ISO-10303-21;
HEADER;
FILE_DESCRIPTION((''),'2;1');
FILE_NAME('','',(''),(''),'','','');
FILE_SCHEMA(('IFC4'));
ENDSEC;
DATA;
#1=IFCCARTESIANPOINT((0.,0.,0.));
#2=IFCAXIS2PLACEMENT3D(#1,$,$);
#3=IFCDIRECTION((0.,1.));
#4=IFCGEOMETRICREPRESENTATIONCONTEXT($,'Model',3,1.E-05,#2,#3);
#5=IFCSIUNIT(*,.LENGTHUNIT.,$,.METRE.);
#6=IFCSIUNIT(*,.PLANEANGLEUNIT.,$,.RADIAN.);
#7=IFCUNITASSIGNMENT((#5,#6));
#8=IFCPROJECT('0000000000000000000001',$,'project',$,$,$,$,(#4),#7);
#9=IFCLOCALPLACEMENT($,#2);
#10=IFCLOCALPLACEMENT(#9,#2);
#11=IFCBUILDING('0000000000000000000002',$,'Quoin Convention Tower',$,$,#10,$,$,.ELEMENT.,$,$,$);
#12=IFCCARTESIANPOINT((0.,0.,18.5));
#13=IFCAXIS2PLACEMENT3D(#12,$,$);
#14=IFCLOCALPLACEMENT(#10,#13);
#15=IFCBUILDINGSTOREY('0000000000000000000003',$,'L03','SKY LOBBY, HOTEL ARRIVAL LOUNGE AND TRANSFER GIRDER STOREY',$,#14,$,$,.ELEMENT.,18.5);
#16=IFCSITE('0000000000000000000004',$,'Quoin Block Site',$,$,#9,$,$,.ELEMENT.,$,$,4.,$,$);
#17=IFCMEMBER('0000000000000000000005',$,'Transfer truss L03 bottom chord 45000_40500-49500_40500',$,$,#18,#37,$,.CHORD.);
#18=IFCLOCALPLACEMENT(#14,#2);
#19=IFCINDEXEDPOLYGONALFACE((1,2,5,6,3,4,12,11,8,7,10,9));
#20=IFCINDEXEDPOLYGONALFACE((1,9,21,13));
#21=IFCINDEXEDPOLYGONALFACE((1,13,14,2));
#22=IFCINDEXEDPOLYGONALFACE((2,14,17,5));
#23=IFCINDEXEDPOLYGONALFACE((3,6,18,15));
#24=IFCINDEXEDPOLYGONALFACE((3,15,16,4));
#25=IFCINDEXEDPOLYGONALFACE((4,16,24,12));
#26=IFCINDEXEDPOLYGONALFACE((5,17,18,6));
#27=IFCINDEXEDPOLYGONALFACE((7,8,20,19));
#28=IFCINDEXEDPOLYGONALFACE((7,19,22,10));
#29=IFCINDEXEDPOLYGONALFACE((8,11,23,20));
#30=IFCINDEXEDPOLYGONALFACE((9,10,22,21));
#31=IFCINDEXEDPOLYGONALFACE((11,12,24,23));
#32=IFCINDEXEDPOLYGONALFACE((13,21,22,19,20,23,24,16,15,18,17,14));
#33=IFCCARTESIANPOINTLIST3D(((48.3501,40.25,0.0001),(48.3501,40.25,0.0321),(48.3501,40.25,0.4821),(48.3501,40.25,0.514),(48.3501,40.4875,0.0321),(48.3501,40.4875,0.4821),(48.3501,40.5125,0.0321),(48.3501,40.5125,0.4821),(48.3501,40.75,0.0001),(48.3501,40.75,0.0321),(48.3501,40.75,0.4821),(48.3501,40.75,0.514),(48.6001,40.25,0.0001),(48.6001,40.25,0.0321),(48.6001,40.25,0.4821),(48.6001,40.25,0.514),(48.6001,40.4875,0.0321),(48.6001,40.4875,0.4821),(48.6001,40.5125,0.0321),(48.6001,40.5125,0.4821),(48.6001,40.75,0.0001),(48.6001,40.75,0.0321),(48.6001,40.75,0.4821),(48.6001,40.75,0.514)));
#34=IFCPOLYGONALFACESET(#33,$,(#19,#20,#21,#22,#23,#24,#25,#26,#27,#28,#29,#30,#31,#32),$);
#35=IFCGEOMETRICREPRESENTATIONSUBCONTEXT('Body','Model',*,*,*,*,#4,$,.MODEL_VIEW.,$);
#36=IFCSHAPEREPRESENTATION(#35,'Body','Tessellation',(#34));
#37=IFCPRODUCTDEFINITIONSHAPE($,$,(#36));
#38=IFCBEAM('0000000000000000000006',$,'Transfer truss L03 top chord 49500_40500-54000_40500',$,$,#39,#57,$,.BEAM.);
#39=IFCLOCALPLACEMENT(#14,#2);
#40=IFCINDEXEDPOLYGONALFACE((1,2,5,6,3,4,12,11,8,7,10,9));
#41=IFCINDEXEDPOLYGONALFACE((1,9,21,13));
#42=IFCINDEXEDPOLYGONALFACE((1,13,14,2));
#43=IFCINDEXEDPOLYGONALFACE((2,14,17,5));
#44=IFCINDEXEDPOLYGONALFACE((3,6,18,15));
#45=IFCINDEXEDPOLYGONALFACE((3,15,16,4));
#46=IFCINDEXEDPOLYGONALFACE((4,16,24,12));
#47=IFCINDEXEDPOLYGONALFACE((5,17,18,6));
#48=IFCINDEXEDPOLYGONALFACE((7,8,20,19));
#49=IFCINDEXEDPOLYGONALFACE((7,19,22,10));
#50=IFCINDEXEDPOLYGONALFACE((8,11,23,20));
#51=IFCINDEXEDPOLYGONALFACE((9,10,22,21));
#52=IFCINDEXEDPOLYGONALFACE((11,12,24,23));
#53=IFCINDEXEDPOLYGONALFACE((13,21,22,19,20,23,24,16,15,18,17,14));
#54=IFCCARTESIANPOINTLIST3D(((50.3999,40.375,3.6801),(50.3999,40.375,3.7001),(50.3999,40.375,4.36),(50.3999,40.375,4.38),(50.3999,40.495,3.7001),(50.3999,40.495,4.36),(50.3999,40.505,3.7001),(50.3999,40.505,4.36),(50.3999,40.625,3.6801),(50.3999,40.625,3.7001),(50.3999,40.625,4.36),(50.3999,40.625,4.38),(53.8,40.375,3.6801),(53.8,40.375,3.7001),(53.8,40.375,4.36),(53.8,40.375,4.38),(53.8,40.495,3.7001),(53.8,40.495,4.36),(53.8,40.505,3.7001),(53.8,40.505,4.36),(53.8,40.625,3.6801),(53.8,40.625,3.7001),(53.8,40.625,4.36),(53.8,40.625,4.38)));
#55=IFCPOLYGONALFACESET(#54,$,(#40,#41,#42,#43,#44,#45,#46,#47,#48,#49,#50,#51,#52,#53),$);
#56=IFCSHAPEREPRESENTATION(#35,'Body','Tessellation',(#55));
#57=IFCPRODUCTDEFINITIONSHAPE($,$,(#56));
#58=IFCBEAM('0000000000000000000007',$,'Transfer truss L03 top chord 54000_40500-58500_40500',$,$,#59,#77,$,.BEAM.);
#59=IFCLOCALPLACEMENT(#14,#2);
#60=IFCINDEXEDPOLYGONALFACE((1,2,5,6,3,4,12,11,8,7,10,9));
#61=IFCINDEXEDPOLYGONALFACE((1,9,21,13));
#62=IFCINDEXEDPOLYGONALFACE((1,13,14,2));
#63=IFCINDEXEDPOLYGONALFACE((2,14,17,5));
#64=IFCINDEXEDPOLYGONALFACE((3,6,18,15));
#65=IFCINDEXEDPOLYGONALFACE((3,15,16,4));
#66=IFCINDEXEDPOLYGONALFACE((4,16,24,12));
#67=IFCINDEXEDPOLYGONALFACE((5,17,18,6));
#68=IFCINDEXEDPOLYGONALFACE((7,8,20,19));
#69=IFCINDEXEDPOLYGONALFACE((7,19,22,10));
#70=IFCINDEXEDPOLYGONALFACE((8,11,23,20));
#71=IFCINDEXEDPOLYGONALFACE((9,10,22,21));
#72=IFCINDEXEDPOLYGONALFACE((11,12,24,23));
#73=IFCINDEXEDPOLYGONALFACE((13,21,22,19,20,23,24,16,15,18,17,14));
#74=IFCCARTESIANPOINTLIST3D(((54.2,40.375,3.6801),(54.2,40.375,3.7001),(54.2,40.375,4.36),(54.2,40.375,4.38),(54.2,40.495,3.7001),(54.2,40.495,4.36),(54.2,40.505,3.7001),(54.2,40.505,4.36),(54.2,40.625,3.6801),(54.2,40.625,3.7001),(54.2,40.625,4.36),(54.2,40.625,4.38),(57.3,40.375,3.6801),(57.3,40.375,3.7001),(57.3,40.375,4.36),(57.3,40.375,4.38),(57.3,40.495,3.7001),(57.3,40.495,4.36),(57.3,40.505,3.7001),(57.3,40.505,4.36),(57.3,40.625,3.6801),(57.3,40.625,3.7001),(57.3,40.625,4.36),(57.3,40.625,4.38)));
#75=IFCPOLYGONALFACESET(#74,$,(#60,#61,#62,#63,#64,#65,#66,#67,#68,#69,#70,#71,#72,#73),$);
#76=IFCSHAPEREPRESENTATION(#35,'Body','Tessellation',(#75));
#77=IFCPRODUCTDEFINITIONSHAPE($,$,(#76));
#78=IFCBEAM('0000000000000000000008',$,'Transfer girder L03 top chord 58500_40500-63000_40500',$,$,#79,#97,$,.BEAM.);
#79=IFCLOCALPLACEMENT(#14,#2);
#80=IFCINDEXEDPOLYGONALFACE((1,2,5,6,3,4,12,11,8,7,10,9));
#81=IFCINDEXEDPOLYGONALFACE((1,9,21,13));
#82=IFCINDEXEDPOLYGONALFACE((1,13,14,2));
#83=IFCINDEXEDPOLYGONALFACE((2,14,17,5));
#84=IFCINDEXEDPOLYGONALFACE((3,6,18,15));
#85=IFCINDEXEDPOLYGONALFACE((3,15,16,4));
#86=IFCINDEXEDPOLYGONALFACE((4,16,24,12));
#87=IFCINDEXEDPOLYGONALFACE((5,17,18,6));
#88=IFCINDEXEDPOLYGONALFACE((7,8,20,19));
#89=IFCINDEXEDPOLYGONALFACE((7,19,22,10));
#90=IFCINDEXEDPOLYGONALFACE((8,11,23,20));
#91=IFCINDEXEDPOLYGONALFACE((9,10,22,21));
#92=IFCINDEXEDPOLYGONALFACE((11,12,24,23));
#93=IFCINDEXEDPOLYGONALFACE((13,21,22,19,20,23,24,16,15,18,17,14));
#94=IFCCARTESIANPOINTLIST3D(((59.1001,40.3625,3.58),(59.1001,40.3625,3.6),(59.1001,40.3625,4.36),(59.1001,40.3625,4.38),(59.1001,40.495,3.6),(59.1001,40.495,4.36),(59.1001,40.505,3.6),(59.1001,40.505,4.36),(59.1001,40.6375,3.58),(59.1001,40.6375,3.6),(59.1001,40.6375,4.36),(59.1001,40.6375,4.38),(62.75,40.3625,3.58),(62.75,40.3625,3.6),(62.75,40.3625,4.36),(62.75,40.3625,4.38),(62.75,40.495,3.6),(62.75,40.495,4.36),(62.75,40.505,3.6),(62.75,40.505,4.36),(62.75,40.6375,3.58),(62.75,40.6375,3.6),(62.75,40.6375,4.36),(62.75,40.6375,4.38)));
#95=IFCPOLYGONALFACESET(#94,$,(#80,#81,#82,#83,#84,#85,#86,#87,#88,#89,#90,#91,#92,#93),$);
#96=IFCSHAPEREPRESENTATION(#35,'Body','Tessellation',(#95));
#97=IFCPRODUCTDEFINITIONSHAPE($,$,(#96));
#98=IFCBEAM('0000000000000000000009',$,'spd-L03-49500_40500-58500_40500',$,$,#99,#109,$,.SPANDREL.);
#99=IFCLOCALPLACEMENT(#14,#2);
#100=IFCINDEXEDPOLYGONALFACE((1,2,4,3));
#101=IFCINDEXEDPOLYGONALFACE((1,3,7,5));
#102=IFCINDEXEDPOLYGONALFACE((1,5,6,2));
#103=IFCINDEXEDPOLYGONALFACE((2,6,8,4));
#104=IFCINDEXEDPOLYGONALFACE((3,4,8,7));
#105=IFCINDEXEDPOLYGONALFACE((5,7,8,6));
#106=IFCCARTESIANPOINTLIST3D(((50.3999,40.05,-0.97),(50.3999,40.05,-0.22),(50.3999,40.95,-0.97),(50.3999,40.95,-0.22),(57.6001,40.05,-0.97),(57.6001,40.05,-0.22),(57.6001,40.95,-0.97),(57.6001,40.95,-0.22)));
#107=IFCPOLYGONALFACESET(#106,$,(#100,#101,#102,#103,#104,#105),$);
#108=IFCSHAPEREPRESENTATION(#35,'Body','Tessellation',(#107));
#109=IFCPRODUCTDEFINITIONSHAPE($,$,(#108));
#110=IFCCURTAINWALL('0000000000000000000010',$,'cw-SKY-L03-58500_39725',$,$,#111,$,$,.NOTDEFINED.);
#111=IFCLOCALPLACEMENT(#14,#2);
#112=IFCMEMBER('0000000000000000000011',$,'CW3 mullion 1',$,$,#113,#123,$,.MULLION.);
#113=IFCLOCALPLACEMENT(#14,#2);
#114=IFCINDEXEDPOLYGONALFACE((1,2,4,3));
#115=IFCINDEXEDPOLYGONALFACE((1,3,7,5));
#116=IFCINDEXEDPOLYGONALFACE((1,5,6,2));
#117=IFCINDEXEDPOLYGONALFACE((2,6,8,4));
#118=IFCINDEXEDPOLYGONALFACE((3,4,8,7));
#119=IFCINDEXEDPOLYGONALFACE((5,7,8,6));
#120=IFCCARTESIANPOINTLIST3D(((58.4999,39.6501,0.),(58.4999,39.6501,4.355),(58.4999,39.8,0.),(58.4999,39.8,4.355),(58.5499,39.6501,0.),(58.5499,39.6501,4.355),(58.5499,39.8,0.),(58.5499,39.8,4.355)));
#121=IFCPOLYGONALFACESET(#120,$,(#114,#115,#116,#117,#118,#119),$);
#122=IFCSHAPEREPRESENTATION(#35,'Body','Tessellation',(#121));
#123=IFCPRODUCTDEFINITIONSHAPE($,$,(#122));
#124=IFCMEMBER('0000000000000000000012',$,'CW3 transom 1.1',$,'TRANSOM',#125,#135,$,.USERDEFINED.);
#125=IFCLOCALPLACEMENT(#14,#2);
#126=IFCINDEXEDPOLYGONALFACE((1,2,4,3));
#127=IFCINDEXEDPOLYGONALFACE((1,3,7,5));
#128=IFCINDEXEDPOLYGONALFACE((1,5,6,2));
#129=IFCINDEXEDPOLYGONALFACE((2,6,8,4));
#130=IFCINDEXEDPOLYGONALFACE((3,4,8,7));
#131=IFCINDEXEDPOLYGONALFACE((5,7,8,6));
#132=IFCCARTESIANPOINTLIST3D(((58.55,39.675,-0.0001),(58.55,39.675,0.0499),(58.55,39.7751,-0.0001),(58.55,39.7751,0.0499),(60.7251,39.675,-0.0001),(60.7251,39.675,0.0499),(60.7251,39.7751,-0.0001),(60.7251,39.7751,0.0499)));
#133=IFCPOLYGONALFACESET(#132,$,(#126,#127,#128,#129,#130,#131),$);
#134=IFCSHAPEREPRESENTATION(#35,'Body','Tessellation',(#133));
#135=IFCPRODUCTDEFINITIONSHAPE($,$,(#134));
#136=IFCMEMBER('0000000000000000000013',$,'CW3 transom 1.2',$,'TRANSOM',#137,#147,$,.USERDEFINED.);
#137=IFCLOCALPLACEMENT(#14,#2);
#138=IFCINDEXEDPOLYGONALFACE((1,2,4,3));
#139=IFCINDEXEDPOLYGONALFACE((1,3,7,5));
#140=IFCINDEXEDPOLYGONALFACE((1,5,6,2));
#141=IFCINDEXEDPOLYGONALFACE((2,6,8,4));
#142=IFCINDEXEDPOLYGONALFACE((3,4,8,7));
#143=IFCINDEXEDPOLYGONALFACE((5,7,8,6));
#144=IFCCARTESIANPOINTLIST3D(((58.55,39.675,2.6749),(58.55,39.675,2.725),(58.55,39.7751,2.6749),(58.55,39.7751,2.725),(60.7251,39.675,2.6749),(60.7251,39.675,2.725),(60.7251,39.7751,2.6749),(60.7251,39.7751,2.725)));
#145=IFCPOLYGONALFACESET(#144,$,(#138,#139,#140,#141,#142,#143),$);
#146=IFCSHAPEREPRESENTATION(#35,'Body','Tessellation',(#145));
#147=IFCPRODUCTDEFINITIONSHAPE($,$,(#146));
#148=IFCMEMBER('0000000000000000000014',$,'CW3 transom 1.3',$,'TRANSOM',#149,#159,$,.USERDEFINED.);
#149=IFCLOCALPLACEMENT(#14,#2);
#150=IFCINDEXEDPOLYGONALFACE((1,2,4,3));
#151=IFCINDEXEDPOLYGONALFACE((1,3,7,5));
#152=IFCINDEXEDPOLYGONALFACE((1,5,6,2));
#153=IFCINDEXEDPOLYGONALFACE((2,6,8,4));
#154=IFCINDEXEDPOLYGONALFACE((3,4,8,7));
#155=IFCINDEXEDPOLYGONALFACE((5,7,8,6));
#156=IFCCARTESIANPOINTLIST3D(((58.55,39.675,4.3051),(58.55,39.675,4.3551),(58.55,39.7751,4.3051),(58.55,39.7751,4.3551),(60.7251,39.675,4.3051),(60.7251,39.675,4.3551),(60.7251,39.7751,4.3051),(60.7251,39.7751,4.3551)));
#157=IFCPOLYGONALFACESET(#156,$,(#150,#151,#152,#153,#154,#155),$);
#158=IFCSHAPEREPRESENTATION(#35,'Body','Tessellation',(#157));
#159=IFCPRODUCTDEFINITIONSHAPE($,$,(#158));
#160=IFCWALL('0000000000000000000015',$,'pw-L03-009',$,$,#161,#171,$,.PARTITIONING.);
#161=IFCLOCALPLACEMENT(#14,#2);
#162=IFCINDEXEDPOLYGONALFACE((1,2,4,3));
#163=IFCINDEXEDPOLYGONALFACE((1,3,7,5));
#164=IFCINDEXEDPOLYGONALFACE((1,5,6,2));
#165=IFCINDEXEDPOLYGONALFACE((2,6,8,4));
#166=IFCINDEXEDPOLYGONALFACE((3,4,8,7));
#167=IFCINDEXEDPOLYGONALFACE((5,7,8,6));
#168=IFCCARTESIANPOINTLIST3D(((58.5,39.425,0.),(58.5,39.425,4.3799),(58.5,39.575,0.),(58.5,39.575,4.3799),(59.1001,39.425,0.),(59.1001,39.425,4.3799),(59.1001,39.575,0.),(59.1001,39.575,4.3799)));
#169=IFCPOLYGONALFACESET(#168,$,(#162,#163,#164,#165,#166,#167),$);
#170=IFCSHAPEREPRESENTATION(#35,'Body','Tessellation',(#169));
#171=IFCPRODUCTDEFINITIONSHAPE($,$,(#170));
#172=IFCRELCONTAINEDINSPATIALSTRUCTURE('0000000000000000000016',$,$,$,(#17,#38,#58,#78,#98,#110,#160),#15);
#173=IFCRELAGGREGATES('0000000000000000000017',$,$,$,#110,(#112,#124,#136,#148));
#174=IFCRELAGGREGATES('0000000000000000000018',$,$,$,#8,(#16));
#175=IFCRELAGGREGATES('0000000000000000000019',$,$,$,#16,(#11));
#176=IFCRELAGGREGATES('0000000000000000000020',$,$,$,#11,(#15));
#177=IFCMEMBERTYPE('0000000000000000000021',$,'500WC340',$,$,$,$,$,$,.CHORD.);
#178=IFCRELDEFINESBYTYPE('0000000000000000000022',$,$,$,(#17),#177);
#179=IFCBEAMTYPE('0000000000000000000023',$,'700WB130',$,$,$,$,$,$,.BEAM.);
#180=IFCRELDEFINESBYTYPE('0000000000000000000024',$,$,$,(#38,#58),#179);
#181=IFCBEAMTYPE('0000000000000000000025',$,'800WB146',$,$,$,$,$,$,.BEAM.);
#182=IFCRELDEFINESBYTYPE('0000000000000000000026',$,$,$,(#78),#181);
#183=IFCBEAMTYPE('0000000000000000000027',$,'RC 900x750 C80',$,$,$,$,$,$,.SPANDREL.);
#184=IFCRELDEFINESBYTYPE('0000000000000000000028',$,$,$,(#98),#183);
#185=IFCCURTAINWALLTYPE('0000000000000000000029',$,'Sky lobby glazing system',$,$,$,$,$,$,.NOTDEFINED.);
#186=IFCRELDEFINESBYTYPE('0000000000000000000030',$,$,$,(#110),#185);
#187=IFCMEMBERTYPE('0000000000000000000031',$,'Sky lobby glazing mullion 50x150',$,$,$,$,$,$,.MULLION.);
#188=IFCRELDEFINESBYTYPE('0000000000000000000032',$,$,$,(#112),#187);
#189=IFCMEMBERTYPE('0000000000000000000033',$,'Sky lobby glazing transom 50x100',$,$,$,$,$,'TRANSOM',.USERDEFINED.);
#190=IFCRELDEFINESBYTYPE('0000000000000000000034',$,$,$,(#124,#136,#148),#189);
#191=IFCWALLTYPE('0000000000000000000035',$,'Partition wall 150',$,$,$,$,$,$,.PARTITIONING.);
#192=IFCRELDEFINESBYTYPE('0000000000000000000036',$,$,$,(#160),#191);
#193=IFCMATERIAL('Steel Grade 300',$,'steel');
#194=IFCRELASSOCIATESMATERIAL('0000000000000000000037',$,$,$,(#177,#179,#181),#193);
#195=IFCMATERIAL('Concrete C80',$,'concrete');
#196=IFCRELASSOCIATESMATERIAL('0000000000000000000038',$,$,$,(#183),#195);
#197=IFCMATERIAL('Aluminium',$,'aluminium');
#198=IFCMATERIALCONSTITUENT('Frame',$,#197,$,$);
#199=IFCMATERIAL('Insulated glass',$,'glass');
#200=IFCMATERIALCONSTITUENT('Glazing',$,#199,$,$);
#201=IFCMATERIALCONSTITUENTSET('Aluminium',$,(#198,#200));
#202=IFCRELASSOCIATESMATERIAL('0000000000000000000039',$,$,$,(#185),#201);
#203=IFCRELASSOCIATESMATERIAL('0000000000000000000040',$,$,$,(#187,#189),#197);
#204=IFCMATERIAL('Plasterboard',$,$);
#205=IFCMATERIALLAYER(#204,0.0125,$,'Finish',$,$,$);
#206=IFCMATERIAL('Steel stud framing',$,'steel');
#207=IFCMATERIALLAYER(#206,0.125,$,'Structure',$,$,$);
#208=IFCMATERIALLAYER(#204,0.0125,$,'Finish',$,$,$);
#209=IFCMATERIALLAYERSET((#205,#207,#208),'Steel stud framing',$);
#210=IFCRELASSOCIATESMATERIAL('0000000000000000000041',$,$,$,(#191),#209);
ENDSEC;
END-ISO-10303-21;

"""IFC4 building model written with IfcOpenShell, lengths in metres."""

from ifc_helpers import new_model, si_unit, direction, frame, frame_2d, origin, origin_2d, place, context, subcontext, project, spatial, rectangle, i_section, extrude, material, layer, layer_set, constituent, constituent_set, material_profile, profile_set, type_object, element, aggregate, save


model = new_model("IFC4")

# Units and contexts
model_context = context("Model", 3, precision=1e-05, world=origin(), true_north=direction((0.0, 1.0)))
body_context = subcontext(model_context, "Body", "Model", "MODEL_VIEW")
ifc_project = project(units=[si_unit("LENGTHUNIT", "METRE"), si_unit("PLANEANGLEUNIT", "RADIAN")], contexts=[model_context])

# Site, building, storey
site_placement = place(None, origin())
site = spatial("IfcSite", under=ifc_project, at=site_placement, Name="Quoin Block Site", CompositionType="ELEMENT", RefElevation=4.0)
building_placement = place(site_placement, origin())
building = spatial("IfcBuilding", under=site, at=building_placement, Name="Quoin Convention Tower", CompositionType="ELEMENT")
storey_placement = place(building_placement, frame((0.0, 0.0, 18.5)))
storey = spatial("IfcBuildingStorey", under=building, at=storey_placement, Name="L03", Description="SKY LOBBY, HOTEL ARRIVAL LOUNGE AND TRANSFER GIRDER STOREY", CompositionType="ELEMENT", Elevation=18.5)

# Shared definitions
ifc_material_1 = material(Name="Concrete C80", Category="concrete")

# Member
ifc_material_2 = material(Name="Steel Grade 300", Category="steel")
ifc_material_profile_1 = material_profile(ifc_material_2, i_section(OverallWidth=0.5, OverallDepth=0.5139, WebThickness=0.0249, FlangeThickness=0.032, at=origin_2d()), Name="500WC340")
ifc_profile_set_1 = profile_set([ifc_material_profile_1], Name="Steel Grade 300")
member_type_1 = type_object("IfcMemberType", Name="500WC340", PredefinedType="CHORD", material=ifc_profile_set_1)
member_1_placement = place(storey_placement, frame((48.3501, 40.5, 0.2571), z_axis=(1.0, 0.0, 0.0), x_axis=(0.0, 1.0, 0.0)))
element("IfcMember", 1, at=member_1_placement, inside=storey, type_object=member_type_1, Name="Transfer truss L03 bottom chord 45000_40500-49500_40500", PredefinedType="CHORD", context=body_context, shape_type="SweptSolid", body=[
    extrude(i_section(OverallWidth=0.5, OverallDepth=0.5139, WebThickness=0.0249, FlangeThickness=0.032, at=origin_2d()), origin(), (0.0, 0.0, 1.0), 0.25),
])

# Beams
ifc_material_profile_2 = material_profile(ifc_material_2, i_section(OverallWidth=0.25, OverallDepth=0.7, WebThickness=0.01, FlangeThickness=0.02, at=origin_2d()), Name="700WB130")
ifc_profile_set_2 = profile_set([ifc_material_profile_2], Name="Steel Grade 300")
beam_type_1 = type_object("IfcBeamType", Name="700WB130", PredefinedType="BEAM", material=ifc_profile_set_2)
beam_1_placement = place(storey_placement, frame((50.3999, 40.5, 4.03), z_axis=(1.0, 0.0, 0.0), x_axis=(0.0, 1.0, 0.0)))
element("IfcBeam", 2, at=beam_1_placement, inside=storey, type_object=beam_type_1, Name="Transfer truss L03 top chord 49500_40500-54000_40500", PredefinedType="BEAM", context=body_context, shape_type="SweptSolid", body=[
    extrude(i_section(OverallWidth=0.25, OverallDepth=0.7, WebThickness=0.01, FlangeThickness=0.02, at=origin_2d()), origin(), (0.0, 0.0, 1.0), 3.4001),
])
beam_2_placement = place(storey_placement, frame((54.2, 40.5, 4.03), z_axis=(1.0, 0.0, 0.0), x_axis=(0.0, 1.0, 0.0)))
element("IfcBeam", 3, at=beam_2_placement, inside=storey, type_object=beam_type_1, Name="Transfer truss L03 top chord 54000_40500-58500_40500", PredefinedType="BEAM", context=body_context, shape_type="SweptSolid", body=[
    extrude(i_section(OverallWidth=0.25, OverallDepth=0.7, WebThickness=0.01, FlangeThickness=0.02, at=origin_2d()), origin(), (0.0, 0.0, 1.0), 3.1001),
])
ifc_material_profile_3 = material_profile(ifc_material_2, i_section(OverallWidth=0.2749, OverallDepth=0.8, WebThickness=0.01, FlangeThickness=0.02, at=origin_2d()), Name="800WB146")
ifc_profile_set_3 = profile_set([ifc_material_profile_3], Name="Steel Grade 300")
beam_type_2 = type_object("IfcBeamType", Name="800WB146", PredefinedType="BEAM", material=ifc_profile_set_3)
beam_3_placement = place(storey_placement, frame((59.1001, 40.5, 3.98), z_axis=(1.0, 0.0, 0.0), x_axis=(0.0, 1.0, 0.0)))
element("IfcBeam", 4, at=beam_3_placement, inside=storey, type_object=beam_type_2, Name="Transfer girder L03 top chord 58500_40500-63000_40500", PredefinedType="BEAM", context=body_context, shape_type="SweptSolid", body=[
    extrude(i_section(OverallWidth=0.2749, OverallDepth=0.8, WebThickness=0.01, FlangeThickness=0.02, at=origin_2d()), origin(), (0.0, 0.0, 1.0), 3.6499),
])
ifc_material_profile_4 = material_profile(ifc_material_1, rectangle(XDim=0.8999, YDim=0.75, at=origin_2d()), Name="RC 900x750")
ifc_profile_set_4 = profile_set([ifc_material_profile_4], Name="Concrete C80")
beam_type_3 = type_object("IfcBeamType", Name="RC 900x750 C80", PredefinedType="SPANDREL", material=ifc_profile_set_4)
beam_4_placement = place(storey_placement, frame((50.3999, 40.5, -0.595), z_axis=(1.0, 0.0, 0.0), x_axis=(0.0, 1.0, 0.0)))
element("IfcBeam", 5, at=beam_4_placement, inside=storey, type_object=beam_type_3, Name="spd-L03-49500_40500-58500_40500", PredefinedType="SPANDREL", context=body_context, shape_type="SweptSolid", body=[
    extrude(rectangle(XDim=0.8999, YDim=0.75, at=origin_2d()), origin(), (0.0, 0.0, 1.0), 7.2002),
])

# Curtain wall, members
ifc_material_3 = material(Name="Aluminium", Category="aluminium")
ifc_constituent_1 = constituent(ifc_material_3, Name="Frame")
ifc_material_4 = material(Name="Insulated glass", Category="glass")
ifc_constituent_2 = constituent(ifc_material_4, Name="Glazing")
ifc_constituent_set = constituent_set(constituents=[ifc_constituent_1, ifc_constituent_2], Name="Aluminium")
curtain_wall_type = type_object("IfcCurtainWallType", Name="Sky lobby glazing system", PredefinedType="NOTDEFINED", material=ifc_constituent_set)
curtain_wall_placement = place(storey_placement, origin())
curtain_wall = element("IfcCurtainWall", 6, at=curtain_wall_placement, inside=storey, type_object=curtain_wall_type, Name="cw-SKY-L03-58500_39725", PredefinedType="NOTDEFINED")
ifc_material_profile_5 = material_profile(ifc_material_3, rectangle(XDim=0.1499, YDim=0.05, at=origin_2d()), Name="Sky lobby glazing mullion 50x150")
ifc_profile_set_5 = profile_set([ifc_material_profile_5], Name="Aluminium")
member_type_2 = type_object("IfcMemberType", Name="Sky lobby glazing mullion 50x150", PredefinedType="MULLION", material=ifc_profile_set_5)
member_2_placement = place(storey_placement, frame((58.5249, 39.7251, 0.0), z_axis=(0.0, 0.0, 1.0), x_axis=(0.0, 1.0, 0.0)))
member_2 = element("IfcMember", 7, at=member_2_placement, type_object=member_type_2, Name="CW3 mullion 1", PredefinedType="MULLION", context=body_context, shape_type="SweptSolid", body=[
    extrude(rectangle(XDim=0.1499, YDim=0.05, at=origin_2d()), origin(), (0.0, 0.0, 1.0), 4.355),
])
ifc_material_profile_6 = material_profile(ifc_material_3, rectangle(XDim=0.1001, YDim=0.05, at=origin_2d()), Name="Sky lobby glazing transom 50x100")
ifc_profile_set_6 = profile_set([ifc_material_profile_6], Name="Aluminium")
member_type_3 = type_object("IfcMemberType", Name="Sky lobby glazing transom 50x100", ElementType="TRANSOM", PredefinedType="USERDEFINED", material=ifc_profile_set_6)
member_3_placement = place(storey_placement, frame((58.55, 39.7251, 0.0249), z_axis=(1.0, 0.0, 0.0), x_axis=(0.0, 1.0, 0.0)))
member_3 = element("IfcMember", 8, at=member_3_placement, type_object=member_type_3, Name="CW3 transom 1.1", ObjectType="TRANSOM", PredefinedType="USERDEFINED", context=body_context, shape_type="SweptSolid", body=[
    extrude(rectangle(XDim=0.1001, YDim=0.05, at=origin_2d()), origin(), (0.0, 0.0, 1.0), 2.175),
])
member_4_placement = place(storey_placement, frame((58.55, 39.7251, 2.7), z_axis=(1.0, 0.0, 0.0), x_axis=(0.0, 1.0, 0.0)))
member_4 = element("IfcMember", 9, at=member_4_placement, type_object=member_type_3, Name="CW3 transom 1.2", ObjectType="TRANSOM", PredefinedType="USERDEFINED", context=body_context, shape_type="SweptSolid", body=[
    extrude(rectangle(XDim=0.1001, YDim=0.05, at=origin_2d()), origin(), (0.0, 0.0, 1.0), 2.175),
])
member_5_placement = place(storey_placement, frame((58.55, 39.7251, 4.3301), z_axis=(1.0, 0.0, 0.0), x_axis=(0.0, 1.0, 0.0)))
member_5 = element("IfcMember", 10, at=member_5_placement, type_object=member_type_3, Name="CW3 transom 1.3", ObjectType="TRANSOM", PredefinedType="USERDEFINED", context=body_context, shape_type="SweptSolid", body=[
    extrude(rectangle(XDim=0.1001, YDim=0.05, at=origin_2d()), origin(), (0.0, 0.0, 1.0), 2.175),
])
aggregate(curtain_wall, [member_2, member_3, member_4, member_5])

# Wall
ifc_material_5 = material(Name="Plasterboard")
ifc_layer_1 = layer(ifc_material_5, 0.0125, Name="Finish")
ifc_material_6 = material(Name="Steel stud framing", Category="steel")
ifc_layer_2 = layer(ifc_material_6, 0.125, Name="Structure")
ifc_layer_3 = layer(ifc_material_5, 0.0125, Name="Finish")
ifc_layer_set = layer_set([ifc_layer_1, ifc_layer_2, ifc_layer_3], Name="Steel stud framing")
wall_type = type_object("IfcWallType", Name="Partition wall 150", PredefinedType="PARTITIONING", material=ifc_layer_set)
wall_placement = place(storey_placement, frame((58.5, 39.5, 0.0), z_axis=(0.0, 0.0, 1.0), x_axis=(1.0, 0.0, 0.0)))
element("IfcWall", 11, at=wall_placement, inside=storey, type_object=wall_type, Name="pw-L03-009", PredefinedType="PARTITIONING", context=body_context, shape_type="SweptSolid", body=[
    extrude(rectangle(XDim=0.6001, YDim=0.1499, at=frame_2d((0.3, 0.0))), origin(), (0.0, 0.0, 1.0), 4.3799),
])

save(model, "model.ifc")
